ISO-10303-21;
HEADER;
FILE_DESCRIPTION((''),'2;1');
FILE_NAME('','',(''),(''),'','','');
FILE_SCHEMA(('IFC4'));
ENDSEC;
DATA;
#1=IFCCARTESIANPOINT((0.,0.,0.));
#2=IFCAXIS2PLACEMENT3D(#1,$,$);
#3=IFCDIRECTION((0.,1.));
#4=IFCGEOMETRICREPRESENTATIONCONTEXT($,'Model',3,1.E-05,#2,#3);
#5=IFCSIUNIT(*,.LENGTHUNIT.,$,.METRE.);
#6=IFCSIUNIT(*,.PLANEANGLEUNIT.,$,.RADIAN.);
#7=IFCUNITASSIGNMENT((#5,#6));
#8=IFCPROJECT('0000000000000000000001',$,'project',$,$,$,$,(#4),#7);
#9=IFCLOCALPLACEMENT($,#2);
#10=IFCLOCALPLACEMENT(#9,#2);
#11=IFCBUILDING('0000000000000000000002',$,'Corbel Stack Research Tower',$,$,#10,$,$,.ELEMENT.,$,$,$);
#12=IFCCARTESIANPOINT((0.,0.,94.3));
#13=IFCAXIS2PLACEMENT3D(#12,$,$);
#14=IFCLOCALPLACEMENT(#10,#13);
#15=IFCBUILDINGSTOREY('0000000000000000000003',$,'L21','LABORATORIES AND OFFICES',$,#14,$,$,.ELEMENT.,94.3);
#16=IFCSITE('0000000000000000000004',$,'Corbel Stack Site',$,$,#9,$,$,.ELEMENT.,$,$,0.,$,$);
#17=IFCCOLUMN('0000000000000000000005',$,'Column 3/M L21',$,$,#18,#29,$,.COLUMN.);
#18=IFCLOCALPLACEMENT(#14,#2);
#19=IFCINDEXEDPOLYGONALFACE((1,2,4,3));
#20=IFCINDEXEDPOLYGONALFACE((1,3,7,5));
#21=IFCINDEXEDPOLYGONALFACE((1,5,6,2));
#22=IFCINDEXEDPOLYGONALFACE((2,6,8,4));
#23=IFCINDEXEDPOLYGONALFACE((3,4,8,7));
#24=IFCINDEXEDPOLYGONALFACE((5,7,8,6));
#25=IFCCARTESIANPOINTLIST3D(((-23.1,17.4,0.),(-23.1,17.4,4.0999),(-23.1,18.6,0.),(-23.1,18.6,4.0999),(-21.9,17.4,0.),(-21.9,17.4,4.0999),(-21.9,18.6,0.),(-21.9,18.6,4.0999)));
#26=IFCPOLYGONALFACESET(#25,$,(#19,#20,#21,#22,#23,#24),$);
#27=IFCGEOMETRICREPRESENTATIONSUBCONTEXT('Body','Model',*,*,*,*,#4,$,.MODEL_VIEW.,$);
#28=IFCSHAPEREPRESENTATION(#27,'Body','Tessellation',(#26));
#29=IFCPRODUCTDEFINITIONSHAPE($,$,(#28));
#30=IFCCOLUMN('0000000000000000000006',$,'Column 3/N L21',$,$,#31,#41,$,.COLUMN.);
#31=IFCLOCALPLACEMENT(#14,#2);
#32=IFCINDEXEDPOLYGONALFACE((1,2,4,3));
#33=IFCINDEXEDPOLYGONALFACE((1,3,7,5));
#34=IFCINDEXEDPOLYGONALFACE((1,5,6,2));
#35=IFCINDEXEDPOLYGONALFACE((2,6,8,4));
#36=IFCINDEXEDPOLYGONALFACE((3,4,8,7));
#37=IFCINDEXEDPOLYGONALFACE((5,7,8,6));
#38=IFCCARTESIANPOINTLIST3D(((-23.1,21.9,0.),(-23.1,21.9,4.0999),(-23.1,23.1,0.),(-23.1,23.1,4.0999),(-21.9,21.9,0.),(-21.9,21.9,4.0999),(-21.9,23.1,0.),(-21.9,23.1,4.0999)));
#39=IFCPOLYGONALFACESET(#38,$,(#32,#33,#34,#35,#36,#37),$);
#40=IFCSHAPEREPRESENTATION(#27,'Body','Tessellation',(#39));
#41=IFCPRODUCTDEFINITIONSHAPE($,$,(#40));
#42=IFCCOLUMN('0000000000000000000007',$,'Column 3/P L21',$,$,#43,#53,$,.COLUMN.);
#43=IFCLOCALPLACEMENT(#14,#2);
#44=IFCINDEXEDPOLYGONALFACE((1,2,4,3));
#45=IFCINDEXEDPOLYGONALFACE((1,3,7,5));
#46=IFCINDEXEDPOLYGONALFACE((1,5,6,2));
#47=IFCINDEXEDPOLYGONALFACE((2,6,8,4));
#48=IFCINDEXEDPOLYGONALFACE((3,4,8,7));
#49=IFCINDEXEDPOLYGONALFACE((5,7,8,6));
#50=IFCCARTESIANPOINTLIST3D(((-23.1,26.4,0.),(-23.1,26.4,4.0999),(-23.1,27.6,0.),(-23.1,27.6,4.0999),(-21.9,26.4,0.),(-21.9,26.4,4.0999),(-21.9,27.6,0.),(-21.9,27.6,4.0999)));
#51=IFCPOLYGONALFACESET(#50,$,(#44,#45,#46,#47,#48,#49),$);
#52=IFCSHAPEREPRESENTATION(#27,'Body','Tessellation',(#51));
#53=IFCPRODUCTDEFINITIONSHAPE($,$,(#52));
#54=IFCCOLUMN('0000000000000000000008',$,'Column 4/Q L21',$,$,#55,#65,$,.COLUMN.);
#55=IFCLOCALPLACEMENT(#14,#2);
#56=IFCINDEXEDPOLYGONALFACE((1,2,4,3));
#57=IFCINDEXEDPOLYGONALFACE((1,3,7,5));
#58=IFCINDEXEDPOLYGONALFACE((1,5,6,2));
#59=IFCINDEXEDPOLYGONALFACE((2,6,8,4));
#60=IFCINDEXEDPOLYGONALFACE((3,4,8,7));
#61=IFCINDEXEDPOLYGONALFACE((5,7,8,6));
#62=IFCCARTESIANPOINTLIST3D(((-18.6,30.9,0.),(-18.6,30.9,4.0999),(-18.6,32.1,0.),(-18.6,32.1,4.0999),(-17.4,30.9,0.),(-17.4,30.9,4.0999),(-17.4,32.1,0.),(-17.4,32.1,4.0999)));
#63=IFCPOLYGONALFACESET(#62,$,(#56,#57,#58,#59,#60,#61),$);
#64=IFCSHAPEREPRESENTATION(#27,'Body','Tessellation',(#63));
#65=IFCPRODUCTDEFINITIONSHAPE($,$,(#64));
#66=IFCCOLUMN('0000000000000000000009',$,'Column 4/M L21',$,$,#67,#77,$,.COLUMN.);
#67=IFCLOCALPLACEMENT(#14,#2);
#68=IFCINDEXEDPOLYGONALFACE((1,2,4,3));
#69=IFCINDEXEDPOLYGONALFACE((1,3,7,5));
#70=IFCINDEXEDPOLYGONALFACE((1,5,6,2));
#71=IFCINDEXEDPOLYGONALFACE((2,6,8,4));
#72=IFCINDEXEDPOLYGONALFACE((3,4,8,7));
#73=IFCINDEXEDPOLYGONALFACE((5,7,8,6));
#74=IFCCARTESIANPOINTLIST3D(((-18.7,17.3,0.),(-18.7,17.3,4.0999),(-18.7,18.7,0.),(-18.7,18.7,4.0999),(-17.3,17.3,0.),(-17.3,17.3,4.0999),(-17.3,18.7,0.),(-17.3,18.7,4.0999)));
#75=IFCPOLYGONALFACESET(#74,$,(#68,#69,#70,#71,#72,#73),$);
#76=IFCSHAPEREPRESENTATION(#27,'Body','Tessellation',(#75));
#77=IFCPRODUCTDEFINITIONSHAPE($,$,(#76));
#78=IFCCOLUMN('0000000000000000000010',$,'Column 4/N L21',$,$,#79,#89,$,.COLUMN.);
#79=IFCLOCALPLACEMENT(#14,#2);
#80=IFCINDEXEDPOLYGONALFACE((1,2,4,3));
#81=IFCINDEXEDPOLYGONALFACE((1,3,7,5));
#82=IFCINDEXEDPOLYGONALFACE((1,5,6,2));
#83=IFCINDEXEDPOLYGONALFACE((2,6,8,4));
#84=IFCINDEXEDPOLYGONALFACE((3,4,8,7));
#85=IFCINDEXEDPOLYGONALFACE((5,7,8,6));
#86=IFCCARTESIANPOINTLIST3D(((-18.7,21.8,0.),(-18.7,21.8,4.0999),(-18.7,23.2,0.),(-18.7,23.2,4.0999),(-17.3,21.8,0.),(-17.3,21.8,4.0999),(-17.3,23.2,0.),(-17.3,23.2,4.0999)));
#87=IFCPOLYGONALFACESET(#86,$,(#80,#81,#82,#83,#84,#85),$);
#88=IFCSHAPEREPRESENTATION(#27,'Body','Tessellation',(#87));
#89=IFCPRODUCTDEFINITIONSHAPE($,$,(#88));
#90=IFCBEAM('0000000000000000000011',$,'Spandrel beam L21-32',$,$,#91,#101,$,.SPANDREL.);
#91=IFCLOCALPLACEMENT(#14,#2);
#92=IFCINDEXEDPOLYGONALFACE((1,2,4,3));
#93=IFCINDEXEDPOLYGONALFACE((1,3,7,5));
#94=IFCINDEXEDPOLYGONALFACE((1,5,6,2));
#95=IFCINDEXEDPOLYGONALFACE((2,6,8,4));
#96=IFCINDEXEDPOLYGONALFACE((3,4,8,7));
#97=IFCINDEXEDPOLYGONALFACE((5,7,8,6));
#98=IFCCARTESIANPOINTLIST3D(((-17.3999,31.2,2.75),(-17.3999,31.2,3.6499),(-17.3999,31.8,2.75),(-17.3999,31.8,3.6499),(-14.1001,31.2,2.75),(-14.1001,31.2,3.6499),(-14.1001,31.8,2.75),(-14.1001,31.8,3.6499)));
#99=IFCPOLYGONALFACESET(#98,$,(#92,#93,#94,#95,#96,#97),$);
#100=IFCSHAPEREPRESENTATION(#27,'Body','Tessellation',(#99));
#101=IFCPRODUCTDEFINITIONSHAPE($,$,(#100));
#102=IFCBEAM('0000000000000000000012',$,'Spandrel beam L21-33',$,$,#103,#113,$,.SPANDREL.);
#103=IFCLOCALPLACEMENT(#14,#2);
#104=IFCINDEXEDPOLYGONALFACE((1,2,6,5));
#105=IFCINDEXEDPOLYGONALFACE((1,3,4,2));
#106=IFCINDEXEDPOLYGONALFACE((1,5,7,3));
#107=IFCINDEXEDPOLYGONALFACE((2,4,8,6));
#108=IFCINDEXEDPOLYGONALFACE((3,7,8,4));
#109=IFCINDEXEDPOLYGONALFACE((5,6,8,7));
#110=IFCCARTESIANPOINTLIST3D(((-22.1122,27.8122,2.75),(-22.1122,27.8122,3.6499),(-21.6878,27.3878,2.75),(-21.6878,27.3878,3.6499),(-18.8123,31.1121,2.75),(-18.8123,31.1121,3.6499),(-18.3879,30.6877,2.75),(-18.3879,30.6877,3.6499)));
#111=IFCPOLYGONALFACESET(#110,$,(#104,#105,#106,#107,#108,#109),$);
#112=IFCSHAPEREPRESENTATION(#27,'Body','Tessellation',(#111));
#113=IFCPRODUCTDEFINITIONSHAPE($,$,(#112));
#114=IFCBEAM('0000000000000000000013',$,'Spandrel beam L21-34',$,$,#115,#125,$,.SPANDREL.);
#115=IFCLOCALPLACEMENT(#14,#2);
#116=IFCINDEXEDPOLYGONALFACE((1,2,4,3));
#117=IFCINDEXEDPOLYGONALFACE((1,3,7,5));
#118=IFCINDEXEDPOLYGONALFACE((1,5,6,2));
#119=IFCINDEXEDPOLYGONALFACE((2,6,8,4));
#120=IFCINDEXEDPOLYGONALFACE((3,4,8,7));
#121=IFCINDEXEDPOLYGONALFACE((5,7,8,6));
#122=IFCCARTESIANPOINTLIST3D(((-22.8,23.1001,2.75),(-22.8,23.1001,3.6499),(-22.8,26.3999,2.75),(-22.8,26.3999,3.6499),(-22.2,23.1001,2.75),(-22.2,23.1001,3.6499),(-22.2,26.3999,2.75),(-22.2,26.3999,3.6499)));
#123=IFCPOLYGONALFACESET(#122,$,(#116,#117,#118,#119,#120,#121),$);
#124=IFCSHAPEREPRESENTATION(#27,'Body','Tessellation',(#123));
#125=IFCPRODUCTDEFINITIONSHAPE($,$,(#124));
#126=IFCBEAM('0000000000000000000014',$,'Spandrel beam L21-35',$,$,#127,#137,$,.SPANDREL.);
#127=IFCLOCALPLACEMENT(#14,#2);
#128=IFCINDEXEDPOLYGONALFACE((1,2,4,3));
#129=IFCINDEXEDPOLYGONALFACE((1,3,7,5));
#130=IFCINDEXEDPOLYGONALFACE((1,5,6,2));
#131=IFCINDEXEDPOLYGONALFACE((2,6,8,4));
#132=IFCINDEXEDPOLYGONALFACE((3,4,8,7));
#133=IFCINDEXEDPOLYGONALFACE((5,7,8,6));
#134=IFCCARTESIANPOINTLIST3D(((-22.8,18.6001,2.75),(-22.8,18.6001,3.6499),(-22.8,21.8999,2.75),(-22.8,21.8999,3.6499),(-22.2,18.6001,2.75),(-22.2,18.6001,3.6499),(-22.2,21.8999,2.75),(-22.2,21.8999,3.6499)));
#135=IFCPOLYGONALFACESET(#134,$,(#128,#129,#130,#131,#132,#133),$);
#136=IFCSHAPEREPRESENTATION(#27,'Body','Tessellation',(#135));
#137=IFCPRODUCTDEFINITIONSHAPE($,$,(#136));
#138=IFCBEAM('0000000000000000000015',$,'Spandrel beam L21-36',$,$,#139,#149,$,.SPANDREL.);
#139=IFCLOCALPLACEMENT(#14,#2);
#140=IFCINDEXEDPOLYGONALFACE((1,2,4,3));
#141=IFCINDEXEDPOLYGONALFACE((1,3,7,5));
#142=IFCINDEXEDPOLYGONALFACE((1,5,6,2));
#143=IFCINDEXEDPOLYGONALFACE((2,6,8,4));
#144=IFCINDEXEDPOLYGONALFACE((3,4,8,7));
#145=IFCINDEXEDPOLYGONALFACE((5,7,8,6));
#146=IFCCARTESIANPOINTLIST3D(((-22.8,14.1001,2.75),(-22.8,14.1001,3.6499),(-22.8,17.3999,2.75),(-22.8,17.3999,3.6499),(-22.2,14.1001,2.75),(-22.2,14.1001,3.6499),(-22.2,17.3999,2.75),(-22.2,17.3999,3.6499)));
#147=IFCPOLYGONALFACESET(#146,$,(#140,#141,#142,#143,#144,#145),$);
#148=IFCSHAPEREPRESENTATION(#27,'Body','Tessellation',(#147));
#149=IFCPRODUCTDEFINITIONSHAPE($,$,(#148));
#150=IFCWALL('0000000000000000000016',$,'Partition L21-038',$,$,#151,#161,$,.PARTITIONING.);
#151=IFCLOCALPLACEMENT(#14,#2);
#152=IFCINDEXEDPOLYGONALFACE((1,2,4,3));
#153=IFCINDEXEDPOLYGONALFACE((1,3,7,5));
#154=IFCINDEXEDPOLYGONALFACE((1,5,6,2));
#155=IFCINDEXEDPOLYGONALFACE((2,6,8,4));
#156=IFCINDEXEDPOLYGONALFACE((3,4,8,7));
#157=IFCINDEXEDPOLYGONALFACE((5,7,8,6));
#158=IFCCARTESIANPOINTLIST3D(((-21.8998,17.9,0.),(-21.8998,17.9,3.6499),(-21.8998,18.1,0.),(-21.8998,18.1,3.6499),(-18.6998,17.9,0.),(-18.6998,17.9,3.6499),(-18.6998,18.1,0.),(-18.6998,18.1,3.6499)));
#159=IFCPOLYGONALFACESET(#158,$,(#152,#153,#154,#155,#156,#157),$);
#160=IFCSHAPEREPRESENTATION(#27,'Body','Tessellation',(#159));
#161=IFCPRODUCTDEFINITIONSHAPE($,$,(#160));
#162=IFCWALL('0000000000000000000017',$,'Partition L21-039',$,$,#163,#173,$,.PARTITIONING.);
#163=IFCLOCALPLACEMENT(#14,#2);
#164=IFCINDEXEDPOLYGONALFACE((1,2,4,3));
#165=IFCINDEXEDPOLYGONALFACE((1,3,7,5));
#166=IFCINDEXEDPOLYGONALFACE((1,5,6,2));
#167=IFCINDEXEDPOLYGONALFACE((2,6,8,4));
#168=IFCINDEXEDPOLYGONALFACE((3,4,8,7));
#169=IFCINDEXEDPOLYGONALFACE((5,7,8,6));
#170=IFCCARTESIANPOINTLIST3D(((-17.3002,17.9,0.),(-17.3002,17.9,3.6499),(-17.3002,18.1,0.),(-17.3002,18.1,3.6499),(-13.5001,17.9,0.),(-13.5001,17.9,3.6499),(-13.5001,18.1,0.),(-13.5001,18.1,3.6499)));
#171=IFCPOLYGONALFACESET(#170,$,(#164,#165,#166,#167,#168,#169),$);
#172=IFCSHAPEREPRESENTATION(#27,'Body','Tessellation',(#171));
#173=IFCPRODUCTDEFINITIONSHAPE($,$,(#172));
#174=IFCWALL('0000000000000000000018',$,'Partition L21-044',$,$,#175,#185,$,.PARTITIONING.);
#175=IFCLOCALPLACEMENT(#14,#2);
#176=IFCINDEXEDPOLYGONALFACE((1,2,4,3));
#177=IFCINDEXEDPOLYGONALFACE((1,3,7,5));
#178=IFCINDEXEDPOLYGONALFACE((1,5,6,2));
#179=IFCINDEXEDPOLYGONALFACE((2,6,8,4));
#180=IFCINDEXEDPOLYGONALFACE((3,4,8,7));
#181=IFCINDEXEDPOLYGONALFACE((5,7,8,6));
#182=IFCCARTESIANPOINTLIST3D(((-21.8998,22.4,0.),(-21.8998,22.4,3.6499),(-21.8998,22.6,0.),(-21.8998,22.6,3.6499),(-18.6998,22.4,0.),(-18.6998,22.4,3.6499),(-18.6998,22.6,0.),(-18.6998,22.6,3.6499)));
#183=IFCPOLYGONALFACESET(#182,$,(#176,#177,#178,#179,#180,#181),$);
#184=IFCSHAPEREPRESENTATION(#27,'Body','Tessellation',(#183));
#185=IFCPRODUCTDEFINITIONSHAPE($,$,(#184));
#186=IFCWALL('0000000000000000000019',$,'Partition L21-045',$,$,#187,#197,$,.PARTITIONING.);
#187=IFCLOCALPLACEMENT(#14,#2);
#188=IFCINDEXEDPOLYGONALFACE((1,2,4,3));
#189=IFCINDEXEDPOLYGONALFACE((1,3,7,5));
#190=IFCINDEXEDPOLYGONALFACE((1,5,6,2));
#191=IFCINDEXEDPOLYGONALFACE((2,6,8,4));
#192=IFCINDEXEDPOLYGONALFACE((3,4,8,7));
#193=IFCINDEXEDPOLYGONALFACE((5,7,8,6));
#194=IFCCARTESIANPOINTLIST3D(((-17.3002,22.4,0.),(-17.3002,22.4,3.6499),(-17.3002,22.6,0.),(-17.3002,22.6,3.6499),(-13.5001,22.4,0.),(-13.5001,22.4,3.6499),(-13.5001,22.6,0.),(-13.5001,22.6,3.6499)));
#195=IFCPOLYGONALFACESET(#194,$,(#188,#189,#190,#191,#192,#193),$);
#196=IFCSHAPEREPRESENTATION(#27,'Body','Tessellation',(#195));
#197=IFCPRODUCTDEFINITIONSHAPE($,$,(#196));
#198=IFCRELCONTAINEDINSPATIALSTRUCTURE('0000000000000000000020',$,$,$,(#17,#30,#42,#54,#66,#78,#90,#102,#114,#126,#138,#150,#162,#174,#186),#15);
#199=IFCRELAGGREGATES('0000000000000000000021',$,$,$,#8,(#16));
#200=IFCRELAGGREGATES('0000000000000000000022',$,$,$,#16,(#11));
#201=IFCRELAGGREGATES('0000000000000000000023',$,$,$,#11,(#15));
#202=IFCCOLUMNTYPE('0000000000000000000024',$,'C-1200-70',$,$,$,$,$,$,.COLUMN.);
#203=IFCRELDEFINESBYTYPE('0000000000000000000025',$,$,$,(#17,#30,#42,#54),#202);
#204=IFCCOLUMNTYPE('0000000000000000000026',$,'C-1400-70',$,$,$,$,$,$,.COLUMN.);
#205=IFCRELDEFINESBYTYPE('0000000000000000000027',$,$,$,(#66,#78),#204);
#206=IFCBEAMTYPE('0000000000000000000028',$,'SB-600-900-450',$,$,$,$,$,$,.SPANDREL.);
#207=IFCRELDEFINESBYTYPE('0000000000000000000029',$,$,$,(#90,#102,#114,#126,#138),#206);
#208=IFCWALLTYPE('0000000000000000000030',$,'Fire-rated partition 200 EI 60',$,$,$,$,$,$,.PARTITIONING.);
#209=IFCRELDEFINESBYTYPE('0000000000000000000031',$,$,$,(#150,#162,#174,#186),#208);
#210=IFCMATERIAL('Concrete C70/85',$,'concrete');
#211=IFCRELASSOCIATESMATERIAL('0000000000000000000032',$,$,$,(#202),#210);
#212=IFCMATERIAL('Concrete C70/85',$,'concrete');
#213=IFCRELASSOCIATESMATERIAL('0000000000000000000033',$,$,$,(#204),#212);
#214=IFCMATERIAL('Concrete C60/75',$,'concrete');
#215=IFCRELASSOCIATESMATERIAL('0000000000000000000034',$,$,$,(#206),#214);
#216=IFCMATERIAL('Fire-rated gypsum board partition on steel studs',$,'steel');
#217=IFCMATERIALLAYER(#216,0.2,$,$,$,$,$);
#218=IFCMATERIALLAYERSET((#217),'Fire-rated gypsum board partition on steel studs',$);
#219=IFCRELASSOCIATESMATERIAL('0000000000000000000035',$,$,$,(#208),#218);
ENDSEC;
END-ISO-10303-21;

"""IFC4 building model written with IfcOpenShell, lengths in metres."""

from ifc_helpers import new_model, si_unit, direction, frame, frame_2d, origin, origin_2d, place, context, subcontext, project, spatial, rectangle, extrude, material, layer, layer_set, material_profile, profile_set, type_object, element, save


model = new_model("IFC4")

# Units and contexts
model_context = context("Model", 3, precision=1e-05, world=origin(), true_north=direction((0.0, 1.0)))
body_context = subcontext(model_context, "Body", "Model", "MODEL_VIEW")
ifc_project = project(units=[si_unit("LENGTHUNIT", "METRE"), si_unit("PLANEANGLEUNIT", "RADIAN")], contexts=[model_context])

# Site, building, storey
site_placement = place(None, origin())
site = spatial("IfcSite", under=ifc_project, at=site_placement, Name="Corbel Stack Site", CompositionType="ELEMENT", RefElevation=0.0)
building_placement = place(site_placement, origin())
building = spatial("IfcBuilding", under=site, at=building_placement, Name="Corbel Stack Research Tower", CompositionType="ELEMENT")
storey_placement = place(building_placement, frame((0.0, 0.0, 94.3)))
storey = spatial("IfcBuildingStorey", under=building, at=storey_placement, Name="L21", Description="LABORATORIES AND OFFICES", CompositionType="ELEMENT", Elevation=94.3)

# Columns
ifc_material_1 = material(Name="Concrete C70/85", Category="concrete")
ifc_material_profile_1 = material_profile(ifc_material_1, rectangle(XDim=1.2, YDim=1.2, at=origin_2d()), Name="RC 1200 x 1200")
ifc_profile_set_1 = profile_set([ifc_material_profile_1], Name="Concrete C70/85")
column_type_1 = type_object("IfcColumnType", Name="C-1200-70", PredefinedType="COLUMN", material=ifc_profile_set_1)
for number, where, z_axis, x_axis, name in (
    (1, (-22.5, 18.0, 0.0), (0.0, 0.0, 1.0), (1.0, 0.0, 0.0), "Column 3/M L21"),
    (2, (-22.5, 22.5, 0.0), (0.0, 0.0, 1.0), (1.0, 0.0, 0.0), "Column 3/N L21"),
    (3, (-22.5, 27.0, 0.0), (0.0, 0.0, 1.0), (1.0, 0.0, 0.0), "Column 3/P L21"),
    (4, (-18.0, 31.5, 0.0), (0.0, 0.0, 1.0), (1.0, 0.0, 0.0), "Column 4/Q L21"),
):
    element("IfcColumn", number, at=place(storey_placement, frame(where, z_axis=z_axis, x_axis=x_axis)), inside=storey, type_object=column_type_1, Name=name, PredefinedType="COLUMN", context=body_context, shape_type="SweptSolid", body=[
        extrude(rectangle(XDim=1.2, YDim=1.2, at=origin_2d()), origin(), (0.0, 0.0, 1.0), 4.0999),
    ])
ifc_material_2 = material(Name="Concrete C70/85", Category="concrete")
ifc_material_profile_2 = material_profile(ifc_material_2, rectangle(XDim=1.3999, YDim=1.3999, at=origin_2d()), Name="RC 1400 x 1400")
ifc_profile_set_2 = profile_set([ifc_material_profile_2], Name="Concrete C70/85")
column_type_2 = type_object("IfcColumnType", Name="C-1400-70", PredefinedType="COLUMN", material=ifc_profile_set_2)
for number, where, z_axis, x_axis, name in (
    (5, (-18.0, 18.0, 0.0), (0.0, 0.0, 1.0), (1.0, 0.0, 0.0), "Column 4/M L21"),
    (6, (-18.0, 22.5, 0.0), (0.0, 0.0, 1.0), (1.0, 0.0, 0.0), "Column 4/N L21"),
):
    element("IfcColumn", number, at=place(storey_placement, frame(where, z_axis=z_axis, x_axis=x_axis)), inside=storey, type_object=column_type_2, Name=name, PredefinedType="COLUMN", context=body_context, shape_type="SweptSolid", body=[
        extrude(rectangle(XDim=1.3999, YDim=1.3999, at=origin_2d()), origin(), (0.0, 0.0, 1.0), 4.0999),
    ])

# Beams
ifc_material_3 = material(Name="Concrete C60/75", Category="concrete")
ifc_material_profile_3 = material_profile(ifc_material_3, rectangle(XDim=0.6001, YDim=0.8999, at=origin_2d()), Name="RC 600 x 900")
ifc_profile_set_3 = profile_set([ifc_material_profile_3], Name="Concrete C60/75")
beam_type = type_object("IfcBeamType", Name="SB-600-900-450", PredefinedType="SPANDREL", material=ifc_profile_set_3)
beam_1_placement = place(storey_placement, frame((-14.1001, 31.5, 3.2), z_axis=(-1.0, 0.0, 0.0), x_axis=(0.0, -1.0, 0.0)))
element("IfcBeam", 7, at=beam_1_placement, inside=storey, type_object=beam_type, Name="Spandrel beam L21-32", PredefinedType="SPANDREL", context=body_context, shape_type="SweptSolid", body=[
    extrude(rectangle(XDim=0.6001, YDim=0.8999, at=origin_2d()), origin(), (0.0, 0.0, 1.0), 3.2998),
])
beam_2_placement = place(storey_placement, frame((-18.6001, 30.8999, 3.2), z_axis=(-0.707107, -0.707107, 0.0), x_axis=(0.707107, -0.707107, 0.0)))
element("IfcBeam", 8, at=beam_2_placement, inside=storey, type_object=beam_type, Name="Spandrel beam L21-33", PredefinedType="SPANDREL", context=body_context, shape_type="SweptSolid", body=[
    extrude(rectangle(XDim=0.6001, YDim=0.8999, at=origin_2d()), origin(), (0.0, 0.0, 1.0), 4.6667),
])
for number, where, z_axis, x_axis, name in (
    (9, (-22.5, 26.3999, 3.2), (0.0, -1.0, 0.0), (1.0, 0.0, 0.0), "Spandrel beam L21-34"),
    (10, (-22.5, 21.8999, 3.2), (0.0, -1.0, 0.0), (1.0, 0.0, 0.0), "Spandrel beam L21-35"),
    (11, (-22.5, 17.3999, 3.2), (0.0, -1.0, 0.0), (1.0, 0.0, 0.0), "Spandrel beam L21-36"),
):
    element("IfcBeam", number, at=place(storey_placement, frame(where, z_axis=z_axis, x_axis=x_axis)), inside=storey, type_object=beam_type, Name=name, PredefinedType="SPANDREL", context=body_context, shape_type="SweptSolid", body=[
        extrude(rectangle(XDim=0.6001, YDim=0.8999, at=origin_2d()), origin(), (0.0, 0.0, 1.0), 3.2998),
    ])

# Walls
ifc_material_4 = material(Name="Fire-rated gypsum board partition on steel studs", Category="steel")
ifc_layer_1 = layer(ifc_material_4, 0.2)
ifc_layer_set_1 = layer_set([ifc_layer_1], Name="Fire-rated gypsum board partition on steel studs")
wall_type_1 = type_object("IfcWallType", Name="Fire-rated partition 200 EI 60", PredefinedType="PARTITIONING", material=ifc_layer_set_1)
wall_1_placement = place(storey_placement, frame((-21.8999, 18.0, 0.0), z_axis=(0.0, 0.0, 1.0), x_axis=(1.0, 0.0, 0.0)))
element("IfcWall", 12, at=wall_1_placement, inside=storey, type_object=wall_type_1, Name="Partition L21-038", PredefinedType="PARTITIONING", context=body_context, shape_type="SweptSolid", body=[
    extrude(rectangle(XDim=3.2, YDim=0.2, at=frame_2d((1.6001, 0.0))), origin(), (0.0, 0.0, 1.0), 3.6499),
])
wall_2_placement = place(storey_placement, frame((-17.3, 18.0, 0.0), z_axis=(0.0, 0.0, 1.0), x_axis=(1.0, 0.0, 0.0)))
element("IfcWall", 13, at=wall_2_placement, inside=storey, type_object=wall_type_1, Name="Partition L21-039", PredefinedType="PARTITIONING", context=body_context, shape_type="SweptSolid", body=[
    extrude(rectangle(XDim=3.8, YDim=0.2, at=frame_2d((1.8999, 0.0))), origin(), (0.0, 0.0, 1.0), 3.6499),
])
wall_3_placement = place(storey_placement, frame((-21.8999, 22.5, 0.0), z_axis=(0.0, 0.0, 1.0), x_axis=(1.0, 0.0, 0.0)))
element("IfcWall", 14, at=wall_3_placement, inside=storey, type_object=wall_type_1, Name="Partition L21-044", PredefinedType="PARTITIONING", context=body_context, shape_type="SweptSolid", body=[
    extrude(rectangle(XDim=3.2, YDim=0.2, at=frame_2d((1.6001, 0.0))), origin(), (0.0, 0.0, 1.0), 3.6499),
])
wall_4_placement = place(storey_placement, frame((-17.3, 22.5, 0.0), z_axis=(0.0, 0.0, 1.0), x_axis=(1.0, 0.0, 0.0)))
element("IfcWall", 15, at=wall_4_placement, inside=storey, type_object=wall_type_1, Name="Partition L21-045", PredefinedType="PARTITIONING", context=body_context, shape_type="SweptSolid", body=[
    extrude(rectangle(XDim=3.8, YDim=0.2, at=frame_2d((1.8999, 0.0))), origin(), (0.0, 0.0, 1.0), 3.6499),
])

save(model, "model.ifc")
